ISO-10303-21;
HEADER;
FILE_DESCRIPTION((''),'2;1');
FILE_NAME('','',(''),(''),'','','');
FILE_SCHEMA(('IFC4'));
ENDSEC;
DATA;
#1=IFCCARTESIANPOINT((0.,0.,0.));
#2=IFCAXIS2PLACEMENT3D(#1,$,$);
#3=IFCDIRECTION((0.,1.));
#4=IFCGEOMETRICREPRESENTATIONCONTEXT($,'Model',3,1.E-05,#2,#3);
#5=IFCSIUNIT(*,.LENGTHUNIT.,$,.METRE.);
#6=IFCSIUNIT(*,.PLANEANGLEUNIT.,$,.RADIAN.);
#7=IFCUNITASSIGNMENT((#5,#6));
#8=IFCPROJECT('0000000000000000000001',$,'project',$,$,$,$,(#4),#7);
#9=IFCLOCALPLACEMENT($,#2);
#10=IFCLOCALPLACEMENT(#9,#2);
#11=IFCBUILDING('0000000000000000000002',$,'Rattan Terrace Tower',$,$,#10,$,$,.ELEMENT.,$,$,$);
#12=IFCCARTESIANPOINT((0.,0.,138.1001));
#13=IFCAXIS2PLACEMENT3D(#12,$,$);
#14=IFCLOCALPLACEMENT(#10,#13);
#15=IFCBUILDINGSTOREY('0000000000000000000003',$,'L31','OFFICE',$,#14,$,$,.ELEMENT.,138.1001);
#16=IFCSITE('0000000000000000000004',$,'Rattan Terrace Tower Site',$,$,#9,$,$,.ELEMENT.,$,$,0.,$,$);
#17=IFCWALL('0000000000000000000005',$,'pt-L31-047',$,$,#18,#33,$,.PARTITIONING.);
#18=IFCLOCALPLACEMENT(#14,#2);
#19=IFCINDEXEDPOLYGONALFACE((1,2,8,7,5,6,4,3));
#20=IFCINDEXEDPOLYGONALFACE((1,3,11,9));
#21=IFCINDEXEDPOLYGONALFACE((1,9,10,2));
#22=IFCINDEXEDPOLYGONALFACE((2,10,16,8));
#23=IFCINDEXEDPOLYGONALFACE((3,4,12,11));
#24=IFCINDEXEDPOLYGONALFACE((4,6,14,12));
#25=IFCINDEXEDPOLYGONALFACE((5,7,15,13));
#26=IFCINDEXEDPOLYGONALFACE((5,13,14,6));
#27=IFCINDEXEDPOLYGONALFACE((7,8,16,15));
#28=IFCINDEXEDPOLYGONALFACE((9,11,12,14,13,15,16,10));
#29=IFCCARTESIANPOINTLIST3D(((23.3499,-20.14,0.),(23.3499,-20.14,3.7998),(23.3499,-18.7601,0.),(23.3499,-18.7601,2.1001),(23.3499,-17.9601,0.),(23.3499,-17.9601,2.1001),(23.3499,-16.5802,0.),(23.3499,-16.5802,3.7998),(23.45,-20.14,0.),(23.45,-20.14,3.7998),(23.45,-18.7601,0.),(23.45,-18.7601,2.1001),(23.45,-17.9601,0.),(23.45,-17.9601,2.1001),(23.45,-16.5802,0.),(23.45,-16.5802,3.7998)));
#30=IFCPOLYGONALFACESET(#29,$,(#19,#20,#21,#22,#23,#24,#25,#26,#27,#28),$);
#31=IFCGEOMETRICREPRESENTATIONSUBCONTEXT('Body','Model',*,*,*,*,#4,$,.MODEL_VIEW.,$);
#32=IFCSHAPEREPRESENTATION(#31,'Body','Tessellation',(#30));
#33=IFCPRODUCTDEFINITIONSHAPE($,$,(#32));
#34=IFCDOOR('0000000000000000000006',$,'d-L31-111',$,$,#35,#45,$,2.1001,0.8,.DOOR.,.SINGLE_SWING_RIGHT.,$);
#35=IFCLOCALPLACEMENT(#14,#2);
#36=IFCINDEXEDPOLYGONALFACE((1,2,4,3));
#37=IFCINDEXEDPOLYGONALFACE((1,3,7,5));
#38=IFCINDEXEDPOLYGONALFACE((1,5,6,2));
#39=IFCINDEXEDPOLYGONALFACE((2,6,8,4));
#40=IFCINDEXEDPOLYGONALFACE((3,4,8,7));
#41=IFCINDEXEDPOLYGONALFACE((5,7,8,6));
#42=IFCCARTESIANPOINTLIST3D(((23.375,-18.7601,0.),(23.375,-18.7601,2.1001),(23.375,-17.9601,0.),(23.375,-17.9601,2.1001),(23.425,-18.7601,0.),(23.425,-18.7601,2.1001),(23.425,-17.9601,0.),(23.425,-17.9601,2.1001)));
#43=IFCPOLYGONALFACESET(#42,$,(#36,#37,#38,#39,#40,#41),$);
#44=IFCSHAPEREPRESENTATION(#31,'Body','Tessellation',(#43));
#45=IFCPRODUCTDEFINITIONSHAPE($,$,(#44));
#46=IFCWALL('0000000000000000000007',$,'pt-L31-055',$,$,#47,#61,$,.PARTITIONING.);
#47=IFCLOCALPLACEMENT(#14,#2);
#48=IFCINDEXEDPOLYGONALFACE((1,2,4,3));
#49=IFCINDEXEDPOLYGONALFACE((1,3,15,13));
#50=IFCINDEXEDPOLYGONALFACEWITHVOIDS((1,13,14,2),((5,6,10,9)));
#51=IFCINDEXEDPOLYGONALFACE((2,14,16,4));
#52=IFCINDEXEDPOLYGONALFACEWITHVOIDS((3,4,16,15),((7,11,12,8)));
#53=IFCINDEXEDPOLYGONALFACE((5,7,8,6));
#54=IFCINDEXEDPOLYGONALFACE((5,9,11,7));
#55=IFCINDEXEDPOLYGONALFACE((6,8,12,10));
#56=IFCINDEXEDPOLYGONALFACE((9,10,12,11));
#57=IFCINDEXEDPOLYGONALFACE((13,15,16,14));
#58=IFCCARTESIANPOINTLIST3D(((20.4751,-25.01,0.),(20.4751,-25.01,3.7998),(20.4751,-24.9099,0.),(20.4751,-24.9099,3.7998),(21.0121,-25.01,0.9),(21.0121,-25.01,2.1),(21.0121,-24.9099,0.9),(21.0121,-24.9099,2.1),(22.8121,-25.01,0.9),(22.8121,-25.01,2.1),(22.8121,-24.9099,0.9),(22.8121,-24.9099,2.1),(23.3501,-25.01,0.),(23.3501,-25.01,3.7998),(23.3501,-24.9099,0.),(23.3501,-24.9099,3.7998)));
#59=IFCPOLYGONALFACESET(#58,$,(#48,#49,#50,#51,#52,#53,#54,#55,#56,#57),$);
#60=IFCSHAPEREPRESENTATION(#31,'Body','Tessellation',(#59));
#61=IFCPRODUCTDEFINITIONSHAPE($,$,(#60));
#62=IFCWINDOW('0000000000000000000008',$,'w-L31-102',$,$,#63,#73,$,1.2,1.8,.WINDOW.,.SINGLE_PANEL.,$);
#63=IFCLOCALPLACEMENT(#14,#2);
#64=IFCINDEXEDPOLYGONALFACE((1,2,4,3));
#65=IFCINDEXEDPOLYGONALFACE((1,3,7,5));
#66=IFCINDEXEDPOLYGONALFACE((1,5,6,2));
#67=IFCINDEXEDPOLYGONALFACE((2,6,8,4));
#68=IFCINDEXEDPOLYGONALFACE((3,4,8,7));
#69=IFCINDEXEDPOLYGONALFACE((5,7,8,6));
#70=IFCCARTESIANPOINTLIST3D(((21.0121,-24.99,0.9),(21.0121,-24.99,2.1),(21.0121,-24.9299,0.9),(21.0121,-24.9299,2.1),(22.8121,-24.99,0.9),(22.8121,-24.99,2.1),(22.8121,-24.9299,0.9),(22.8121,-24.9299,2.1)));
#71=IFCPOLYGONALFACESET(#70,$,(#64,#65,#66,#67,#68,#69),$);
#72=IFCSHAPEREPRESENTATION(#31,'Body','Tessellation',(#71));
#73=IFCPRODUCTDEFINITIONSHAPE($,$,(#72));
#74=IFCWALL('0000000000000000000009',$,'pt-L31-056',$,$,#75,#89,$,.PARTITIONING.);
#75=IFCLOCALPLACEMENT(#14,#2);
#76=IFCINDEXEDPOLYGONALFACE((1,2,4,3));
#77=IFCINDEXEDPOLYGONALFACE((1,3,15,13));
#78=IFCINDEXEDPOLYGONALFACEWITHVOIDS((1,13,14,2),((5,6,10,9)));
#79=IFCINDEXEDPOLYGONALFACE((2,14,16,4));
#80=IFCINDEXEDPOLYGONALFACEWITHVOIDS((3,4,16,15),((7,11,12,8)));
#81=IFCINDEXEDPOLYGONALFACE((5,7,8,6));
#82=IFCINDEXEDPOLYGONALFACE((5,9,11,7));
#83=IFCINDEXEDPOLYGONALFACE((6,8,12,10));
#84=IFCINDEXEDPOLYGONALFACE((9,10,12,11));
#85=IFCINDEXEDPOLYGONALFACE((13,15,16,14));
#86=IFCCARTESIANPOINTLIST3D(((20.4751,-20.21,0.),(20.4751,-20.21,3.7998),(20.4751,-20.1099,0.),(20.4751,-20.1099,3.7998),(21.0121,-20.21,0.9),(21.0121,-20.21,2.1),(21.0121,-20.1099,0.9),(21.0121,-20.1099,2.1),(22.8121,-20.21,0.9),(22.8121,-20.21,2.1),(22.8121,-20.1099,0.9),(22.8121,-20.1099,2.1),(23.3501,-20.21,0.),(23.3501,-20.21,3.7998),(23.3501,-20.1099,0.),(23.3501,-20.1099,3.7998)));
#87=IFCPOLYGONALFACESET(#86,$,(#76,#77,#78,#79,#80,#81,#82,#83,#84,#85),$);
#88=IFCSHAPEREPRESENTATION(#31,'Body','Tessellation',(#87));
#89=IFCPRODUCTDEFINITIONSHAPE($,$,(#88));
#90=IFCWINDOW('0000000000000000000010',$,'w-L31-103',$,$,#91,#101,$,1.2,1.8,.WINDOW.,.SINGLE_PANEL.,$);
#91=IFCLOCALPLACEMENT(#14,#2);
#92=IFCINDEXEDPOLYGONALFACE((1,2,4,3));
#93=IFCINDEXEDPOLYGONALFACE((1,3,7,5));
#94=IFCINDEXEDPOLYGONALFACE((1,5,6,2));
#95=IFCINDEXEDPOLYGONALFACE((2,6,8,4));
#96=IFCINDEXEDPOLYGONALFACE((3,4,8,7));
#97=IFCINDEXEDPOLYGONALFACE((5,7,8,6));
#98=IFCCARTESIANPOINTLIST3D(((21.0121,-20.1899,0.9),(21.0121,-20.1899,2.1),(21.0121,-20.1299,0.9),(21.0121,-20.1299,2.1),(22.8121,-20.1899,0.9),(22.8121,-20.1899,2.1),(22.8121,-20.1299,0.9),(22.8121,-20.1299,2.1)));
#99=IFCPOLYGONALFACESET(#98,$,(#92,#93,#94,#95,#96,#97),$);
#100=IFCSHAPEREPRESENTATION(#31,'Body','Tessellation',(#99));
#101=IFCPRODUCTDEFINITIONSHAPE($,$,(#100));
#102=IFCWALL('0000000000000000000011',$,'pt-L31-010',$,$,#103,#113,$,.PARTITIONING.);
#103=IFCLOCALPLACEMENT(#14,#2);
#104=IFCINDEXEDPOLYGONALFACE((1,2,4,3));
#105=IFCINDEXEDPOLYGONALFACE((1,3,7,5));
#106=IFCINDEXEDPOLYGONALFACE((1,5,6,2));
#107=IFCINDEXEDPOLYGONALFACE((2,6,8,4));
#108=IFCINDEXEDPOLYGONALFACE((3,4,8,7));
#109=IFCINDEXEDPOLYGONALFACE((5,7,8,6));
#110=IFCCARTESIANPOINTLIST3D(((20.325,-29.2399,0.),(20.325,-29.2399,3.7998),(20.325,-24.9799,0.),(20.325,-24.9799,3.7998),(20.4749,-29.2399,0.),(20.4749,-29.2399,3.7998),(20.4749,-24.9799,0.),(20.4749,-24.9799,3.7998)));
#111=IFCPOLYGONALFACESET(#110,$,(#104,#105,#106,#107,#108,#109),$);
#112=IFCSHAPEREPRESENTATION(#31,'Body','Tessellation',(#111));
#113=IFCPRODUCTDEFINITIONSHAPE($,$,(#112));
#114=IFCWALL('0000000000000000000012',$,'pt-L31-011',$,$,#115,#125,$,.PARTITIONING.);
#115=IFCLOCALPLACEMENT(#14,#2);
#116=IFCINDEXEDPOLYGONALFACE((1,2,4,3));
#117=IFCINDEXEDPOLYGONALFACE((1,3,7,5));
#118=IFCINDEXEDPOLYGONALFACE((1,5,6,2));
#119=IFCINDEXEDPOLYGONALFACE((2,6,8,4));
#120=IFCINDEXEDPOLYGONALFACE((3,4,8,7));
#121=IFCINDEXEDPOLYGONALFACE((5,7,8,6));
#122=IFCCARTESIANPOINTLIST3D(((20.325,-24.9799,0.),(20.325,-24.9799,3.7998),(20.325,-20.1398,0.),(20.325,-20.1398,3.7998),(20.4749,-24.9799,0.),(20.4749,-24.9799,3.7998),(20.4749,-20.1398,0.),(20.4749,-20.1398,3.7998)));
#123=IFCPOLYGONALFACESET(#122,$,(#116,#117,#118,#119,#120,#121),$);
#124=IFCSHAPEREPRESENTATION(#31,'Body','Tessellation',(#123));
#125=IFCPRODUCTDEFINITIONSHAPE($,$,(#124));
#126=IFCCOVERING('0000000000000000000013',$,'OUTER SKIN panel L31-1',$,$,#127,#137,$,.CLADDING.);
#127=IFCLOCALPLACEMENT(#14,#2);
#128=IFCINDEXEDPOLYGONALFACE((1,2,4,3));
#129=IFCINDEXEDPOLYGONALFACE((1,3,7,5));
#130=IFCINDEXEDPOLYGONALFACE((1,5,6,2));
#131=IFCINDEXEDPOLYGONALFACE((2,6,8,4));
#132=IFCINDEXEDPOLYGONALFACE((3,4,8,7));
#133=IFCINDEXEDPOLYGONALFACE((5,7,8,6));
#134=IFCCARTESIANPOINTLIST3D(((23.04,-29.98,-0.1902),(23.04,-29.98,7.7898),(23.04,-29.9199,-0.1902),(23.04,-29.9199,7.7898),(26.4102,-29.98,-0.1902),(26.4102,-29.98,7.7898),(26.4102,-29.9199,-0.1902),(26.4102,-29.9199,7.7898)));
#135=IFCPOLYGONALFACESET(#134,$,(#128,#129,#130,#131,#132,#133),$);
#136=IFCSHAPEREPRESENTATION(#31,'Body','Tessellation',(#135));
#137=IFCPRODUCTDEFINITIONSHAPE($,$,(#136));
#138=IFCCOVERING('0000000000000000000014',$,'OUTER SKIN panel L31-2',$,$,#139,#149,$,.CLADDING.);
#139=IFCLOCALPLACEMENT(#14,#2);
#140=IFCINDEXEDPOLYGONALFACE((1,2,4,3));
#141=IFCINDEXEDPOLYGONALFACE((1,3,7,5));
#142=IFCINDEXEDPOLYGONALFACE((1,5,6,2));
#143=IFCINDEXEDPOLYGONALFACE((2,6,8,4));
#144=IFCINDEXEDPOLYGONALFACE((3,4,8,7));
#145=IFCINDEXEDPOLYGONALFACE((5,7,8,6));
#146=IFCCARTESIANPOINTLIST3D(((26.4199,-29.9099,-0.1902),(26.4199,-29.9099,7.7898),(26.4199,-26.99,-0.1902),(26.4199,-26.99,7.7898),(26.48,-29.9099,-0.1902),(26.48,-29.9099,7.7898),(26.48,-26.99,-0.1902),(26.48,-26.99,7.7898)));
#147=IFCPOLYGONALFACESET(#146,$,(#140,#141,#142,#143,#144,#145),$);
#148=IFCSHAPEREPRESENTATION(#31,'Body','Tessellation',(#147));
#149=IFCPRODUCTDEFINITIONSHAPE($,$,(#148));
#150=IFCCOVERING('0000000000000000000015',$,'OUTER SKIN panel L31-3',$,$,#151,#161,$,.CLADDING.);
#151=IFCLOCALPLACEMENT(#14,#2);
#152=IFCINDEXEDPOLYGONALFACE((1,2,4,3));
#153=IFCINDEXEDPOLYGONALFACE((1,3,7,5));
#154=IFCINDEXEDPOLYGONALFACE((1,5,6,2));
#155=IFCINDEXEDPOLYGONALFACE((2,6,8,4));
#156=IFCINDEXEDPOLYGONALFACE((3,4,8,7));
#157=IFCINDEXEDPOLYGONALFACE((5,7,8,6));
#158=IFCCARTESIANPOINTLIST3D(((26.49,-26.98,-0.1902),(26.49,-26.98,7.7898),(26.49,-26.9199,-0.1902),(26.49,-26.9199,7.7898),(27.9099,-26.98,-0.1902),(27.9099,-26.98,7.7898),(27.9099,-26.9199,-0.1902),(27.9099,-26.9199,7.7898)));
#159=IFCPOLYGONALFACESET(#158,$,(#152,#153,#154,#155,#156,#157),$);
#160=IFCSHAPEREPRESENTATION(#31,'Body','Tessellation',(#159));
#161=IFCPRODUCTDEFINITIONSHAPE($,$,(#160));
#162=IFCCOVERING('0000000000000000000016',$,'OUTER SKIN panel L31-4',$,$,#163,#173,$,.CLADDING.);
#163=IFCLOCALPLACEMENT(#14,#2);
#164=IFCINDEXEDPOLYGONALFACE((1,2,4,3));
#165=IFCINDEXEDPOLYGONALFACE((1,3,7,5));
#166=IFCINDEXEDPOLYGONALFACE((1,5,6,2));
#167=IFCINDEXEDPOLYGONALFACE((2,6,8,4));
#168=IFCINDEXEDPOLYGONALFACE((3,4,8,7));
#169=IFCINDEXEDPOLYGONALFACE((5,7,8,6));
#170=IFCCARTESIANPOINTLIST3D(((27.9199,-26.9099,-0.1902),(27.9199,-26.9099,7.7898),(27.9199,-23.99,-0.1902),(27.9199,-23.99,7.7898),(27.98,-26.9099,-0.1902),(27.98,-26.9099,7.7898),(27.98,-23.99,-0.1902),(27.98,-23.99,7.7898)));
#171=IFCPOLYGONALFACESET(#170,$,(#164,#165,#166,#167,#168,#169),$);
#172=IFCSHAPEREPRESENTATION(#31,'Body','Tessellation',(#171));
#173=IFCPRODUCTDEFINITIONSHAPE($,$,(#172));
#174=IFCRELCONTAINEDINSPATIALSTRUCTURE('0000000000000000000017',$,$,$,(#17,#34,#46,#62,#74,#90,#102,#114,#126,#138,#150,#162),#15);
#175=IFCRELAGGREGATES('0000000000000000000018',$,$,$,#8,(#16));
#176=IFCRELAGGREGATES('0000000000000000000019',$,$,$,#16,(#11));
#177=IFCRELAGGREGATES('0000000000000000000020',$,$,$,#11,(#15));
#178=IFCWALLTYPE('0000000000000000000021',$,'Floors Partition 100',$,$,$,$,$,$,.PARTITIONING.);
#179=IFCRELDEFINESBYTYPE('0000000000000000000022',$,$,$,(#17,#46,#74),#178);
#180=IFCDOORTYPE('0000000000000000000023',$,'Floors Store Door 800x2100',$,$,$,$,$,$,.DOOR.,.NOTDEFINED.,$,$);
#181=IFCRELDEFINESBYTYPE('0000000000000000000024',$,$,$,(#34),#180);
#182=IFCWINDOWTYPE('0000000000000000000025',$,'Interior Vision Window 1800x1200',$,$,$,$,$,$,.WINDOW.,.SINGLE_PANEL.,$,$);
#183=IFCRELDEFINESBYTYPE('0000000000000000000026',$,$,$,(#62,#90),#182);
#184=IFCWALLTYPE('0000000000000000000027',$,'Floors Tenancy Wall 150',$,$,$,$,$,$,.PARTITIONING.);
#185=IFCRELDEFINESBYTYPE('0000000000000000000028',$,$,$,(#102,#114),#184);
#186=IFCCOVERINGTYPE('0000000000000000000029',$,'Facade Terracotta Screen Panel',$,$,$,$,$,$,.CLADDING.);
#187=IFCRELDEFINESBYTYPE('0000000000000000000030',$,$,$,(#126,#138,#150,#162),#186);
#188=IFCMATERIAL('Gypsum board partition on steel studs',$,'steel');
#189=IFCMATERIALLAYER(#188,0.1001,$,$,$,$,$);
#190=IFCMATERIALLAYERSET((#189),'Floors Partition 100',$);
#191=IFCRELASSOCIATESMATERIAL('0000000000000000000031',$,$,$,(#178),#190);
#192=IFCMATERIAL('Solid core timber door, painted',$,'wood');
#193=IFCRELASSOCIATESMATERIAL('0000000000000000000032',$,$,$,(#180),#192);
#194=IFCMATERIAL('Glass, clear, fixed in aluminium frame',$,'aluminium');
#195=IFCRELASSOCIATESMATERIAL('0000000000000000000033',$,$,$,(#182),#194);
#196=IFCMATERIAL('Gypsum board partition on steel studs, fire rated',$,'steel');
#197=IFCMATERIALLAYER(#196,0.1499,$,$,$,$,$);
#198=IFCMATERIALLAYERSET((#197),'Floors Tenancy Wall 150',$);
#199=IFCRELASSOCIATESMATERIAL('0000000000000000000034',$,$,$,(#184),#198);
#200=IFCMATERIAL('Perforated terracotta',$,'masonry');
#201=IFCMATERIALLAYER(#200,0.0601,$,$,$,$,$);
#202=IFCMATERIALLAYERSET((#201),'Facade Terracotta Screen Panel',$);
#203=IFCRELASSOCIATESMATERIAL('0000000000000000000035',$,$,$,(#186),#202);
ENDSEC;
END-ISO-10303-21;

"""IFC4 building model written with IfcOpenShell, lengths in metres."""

from ifc_helpers import new_model, si_unit, direction, frame, frame_2d, origin, origin_2d, place, context, subcontext, project, spatial, rectangle, extrude, material, layer, layer_set, type_object, element, fill, save


model = new_model("IFC4")

# Units and contexts
model_context = context("Model", 3, precision=1e-05, world=origin(), true_north=direction((0.0, 1.0)))
body_context = subcontext(model_context, "Body", "Model", "MODEL_VIEW")
ifc_project = project(units=[si_unit("LENGTHUNIT", "METRE"), si_unit("PLANEANGLEUNIT", "RADIAN")], contexts=[model_context])

# Site, building, storey
site_placement = place(None, origin())
site = spatial("IfcSite", under=ifc_project, at=site_placement, Name="Rattan Terrace Tower Site", CompositionType="ELEMENT", RefElevation=0.0)
building_placement = place(site_placement, origin())
building = spatial("IfcBuilding", under=site, at=building_placement, Name="Rattan Terrace Tower", CompositionType="ELEMENT")
storey_placement = place(building_placement, frame((0.0, 0.0, 138.1001)))
storey = spatial("IfcBuildingStorey", under=building, at=storey_placement, Name="L31", Description="OFFICE", CompositionType="ELEMENT", Elevation=138.1001)

# Shared definitions
ifc_material_1 = material(Name="Gypsum board partition on steel studs", Category="steel")
ifc_layer_1 = layer(ifc_material_1, 0.1001)
ifc_layer_set_1 = layer_set([ifc_layer_1], Name="Floors Partition 100")
wall_type_1 = type_object("IfcWallType", Name="Floors Partition 100", PredefinedType="PARTITIONING", material=ifc_layer_set_1)

# Shared definitions
ifc_material_2 = material(Name="Solid core timber door, painted", Category="wood")
door_type_1 = type_object("IfcDoorType", Name="Floors Store Door 800x2100", OperationType="NOTDEFINED", PredefinedType="DOOR", material=ifc_material_2)

# Wall, opening, door
wall_1_placement = place(storey_placement, frame((23.3999, -20.1399, 0.0), z_axis=(0.0, 0.0, 1.0), x_axis=(0.0, 1.0, 0.0)))
wall_1 = element("IfcWall", 1, at=wall_1_placement, inside=storey, type_object=wall_type_1, Name="pt-L31-047", PredefinedType="PARTITIONING", context=body_context, shape_type="SweptSolid", body=[
    extrude(rectangle(XDim=3.5598, YDim=0.1001, at=frame_2d((1.7798, 0.0))), origin(), (0.0, 0.0, 1.0), 3.7998),
])
opening_1_placement = place(wall_1_placement, frame((1.3799, 0.0, 0.0)))
opening_1 = element("IfcOpeningElement", 2, at=opening_1_placement, cuts=wall_1, PredefinedType="OPENING", context=body_context, shape_type="SweptSolid", body=[
    extrude(rectangle(XDim=0.8, YDim=2.1001, at=frame_2d((0.3999, 1.05))), frame((0.0, 0.0605, 0.0), z_axis=(0.0, -1.0, 0.0), x_axis=(1.0, 0.0, 0.0)), (0.0, 0.0, 1.0), 0.1211),
])
door_1_placement = place(opening_1_placement, origin())
door_1 = element("IfcDoor", 3, at=door_1_placement, inside=storey, type_object=door_type_1, Name="d-L31-111", OperationType="SINGLE_SWING_RIGHT", OverallHeight=2.1001, OverallWidth=0.8, PredefinedType="DOOR", context=body_context, shape_type="SweptSolid", body=[
    extrude(rectangle(XDim=0.8, YDim=2.1001, at=frame_2d((0.3999, 1.05))), frame((0.0, 0.0249, 0.0), z_axis=(0.0, -1.0, 0.0), x_axis=(1.0, 0.0, 0.0)), (0.0, 0.0, 1.0), 0.05),
])
fill(opening_1, door_1)

# Walls, openings, windows
wall_2_placement = place(storey_placement, frame((20.4751, -24.96, 0.0), z_axis=(0.0, 0.0, 1.0), x_axis=(1.0, 0.0, 0.0)))
wall_2 = element("IfcWall", 4, at=wall_2_placement, inside=storey, type_object=wall_type_1, Name="pt-L31-055", PredefinedType="PARTITIONING", context=body_context, shape_type="SweptSolid", body=[
    extrude(rectangle(XDim=2.875, YDim=0.1001, at=frame_2d((1.4375, 0.0))), origin(), (0.0, 0.0, 1.0), 3.7998),
])
opening_2_placement = place(wall_2_placement, frame((0.5371, 0.0, 0.8999)))
opening_2 = element("IfcOpeningElement", 5, at=opening_2_placement, cuts=wall_2, PredefinedType="OPENING", context=body_context, shape_type="SweptSolid", body=[
    extrude(rectangle(XDim=1.8, YDim=1.2, at=frame_2d((0.8999, 0.6001))), frame((0.0, 0.0605, 0.0), z_axis=(0.0, -1.0, 0.0), x_axis=(1.0, 0.0, 0.0)), (0.0, 0.0, 1.0), 0.1211),
])
ifc_material_3 = material(Name="Glass, clear, fixed in aluminium frame", Category="aluminium")
window_type_1 = type_object("IfcWindowType", Name="Interior Vision Window 1800x1200", PartitioningType="SINGLE_PANEL", PredefinedType="WINDOW", material=ifc_material_3)
window_1_placement = place(opening_2_placement, origin())
window_1 = element("IfcWindow", 6, at=window_1_placement, inside=storey, type_object=window_type_1, Name="w-L31-102", OverallHeight=1.2, OverallWidth=1.8, PartitioningType="SINGLE_PANEL", PredefinedType="WINDOW", context=body_context, shape_type="SweptSolid", body=[
    extrude(rectangle(XDim=1.8, YDim=1.2, at=frame_2d((0.8999, 0.6001))), frame((0.0, 0.03, 0.0), z_axis=(0.0, -1.0, 0.0), x_axis=(1.0, 0.0, 0.0)), (0.0, 0.0, 1.0), 0.0601),
])
fill(opening_2, window_1)
wall_3_placement = place(storey_placement, frame((20.4751, -20.1599, 0.0), z_axis=(0.0, 0.0, 1.0), x_axis=(1.0, 0.0, 0.0)))
wall_3 = element("IfcWall", 7, at=wall_3_placement, inside=storey, type_object=wall_type_1, Name="pt-L31-056", PredefinedType="PARTITIONING", context=body_context, shape_type="SweptSolid", body=[
    extrude(rectangle(XDim=2.875, YDim=0.1001, at=frame_2d((1.4375, 0.0))), origin(), (0.0, 0.0, 1.0), 3.7998),
])
opening_3_placement = place(wall_3_placement, frame((0.5371, 0.0, 0.8999)))
opening_3 = element("IfcOpeningElement", 8, at=opening_3_placement, cuts=wall_3, PredefinedType="OPENING", context=body_context, shape_type="SweptSolid", body=[
    extrude(rectangle(XDim=1.8, YDim=1.2, at=frame_2d((0.8999, 0.6001))), frame((0.0, 0.0605, 0.0), z_axis=(0.0, -1.0, 0.0), x_axis=(1.0, 0.0, 0.0)), (0.0, 0.0, 1.0), 0.1211),
])
window_2_placement = place(opening_3_placement, origin())
window_2 = element("IfcWindow", 9, at=window_2_placement, inside=storey, type_object=window_type_1, Name="w-L31-103", OverallHeight=1.2, OverallWidth=1.8, PartitioningType="SINGLE_PANEL", PredefinedType="WINDOW", context=body_context, shape_type="SweptSolid", body=[
    extrude(rectangle(XDim=1.8, YDim=1.2, at=frame_2d((0.8999, 0.6001))), frame((0.0, 0.03, 0.0), z_axis=(0.0, -1.0, 0.0), x_axis=(1.0, 0.0, 0.0)), (0.0, 0.0, 1.0), 0.0601),
])
fill(opening_3, window_2)

# Walls
ifc_material_4 = material(Name="Gypsum board partition on steel studs, fire rated", Category="steel")
ifc_layer_2 = layer(ifc_material_4, 0.1499)
ifc_layer_set_2 = layer_set([ifc_layer_2], Name="Floors Tenancy Wall 150")
wall_type_2 = type_object("IfcWallType", Name="Floors Tenancy Wall 150", PredefinedType="PARTITIONING", material=ifc_layer_set_2)
wall_4_placement = place(storey_placement, frame((20.3999, -24.98, 0.0), z_axis=(0.0, 0.0, 1.0), x_axis=(0.0, -1.0, 0.0)))
element("IfcWall", 10, at=wall_4_placement, inside=storey, type_object=wall_type_2, Name="pt-L31-010", PredefinedType="PARTITIONING", context=body_context, shape_type="SweptSolid", body=[
    extrude(rectangle(XDim=4.26, YDim=0.1499, at=frame_2d((2.1299, 0.0))), origin(), (0.0, 0.0, 1.0), 3.7998),
])
wall_5_placement = place(storey_placement, frame((20.3999, -20.1399, 0.0), z_axis=(0.0, 0.0, 1.0), x_axis=(0.0, -1.0, 0.0)))
element("IfcWall", 11, at=wall_5_placement, inside=storey, type_object=wall_type_2, Name="pt-L31-011", PredefinedType="PARTITIONING", context=body_context, shape_type="SweptSolid", body=[
    extrude(rectangle(XDim=4.8401, YDim=0.1499, at=frame_2d((2.4199, 0.0))), origin(), (0.0, 0.0, 1.0), 3.7998),
])

# Coverings
ifc_material_5 = material(Name="Perforated terracotta", Category="masonry")
ifc_layer_3 = layer(ifc_material_5, 0.0601)
ifc_layer_set_3 = layer_set([ifc_layer_3], Name="Facade Terracotta Screen Panel")
covering_type = type_object("IfcCoveringType", Name="Facade Terracotta Screen Panel", PredefinedType="CLADDING", material=ifc_layer_set_3)
covering_1_placement = place(storey_placement, frame((24.7251, -29.95, -0.1902), z_axis=(0.0, 0.0, 1.0), x_axis=(1.0, 0.0, 0.0)))
element("IfcCovering", 12, at=covering_1_placement, inside=storey, type_object=covering_type, Name="OUTER SKIN panel L31-1", PredefinedType="CLADDING", context=body_context, shape_type="SweptSolid", body=[
    extrude(rectangle(XDim=3.3701, YDim=0.0601, at=origin_2d()), origin(), (0.0, 0.0, 1.0), 7.98),
])
covering_2_placement = place(storey_placement, frame((26.45, -28.45, -0.1902), z_axis=(0.0, 0.0, 1.0), x_axis=(0.0, 1.0, 0.0)))
element("IfcCovering", 13, at=covering_2_placement, inside=storey, type_object=covering_type, Name="OUTER SKIN panel L31-2", PredefinedType="CLADDING", context=body_context, shape_type="SweptSolid", body=[
    extrude(rectangle(XDim=2.9199, YDim=0.0601, at=origin_2d()), origin(), (0.0, 0.0, 1.0), 7.98),
])
covering_3_placement = place(storey_placement, frame((27.2, -26.95, -0.1902), z_axis=(0.0, 0.0, 1.0), x_axis=(1.0, 0.0, 0.0)))
element("IfcCovering", 14, at=covering_3_placement, inside=storey, type_object=covering_type, Name="OUTER SKIN panel L31-3", PredefinedType="CLADDING", context=body_context, shape_type="SweptSolid", body=[
    extrude(rectangle(XDim=1.4199, YDim=0.0601, at=origin_2d()), origin(), (0.0, 0.0, 1.0), 7.98),
])
covering_4_placement = place(storey_placement, frame((27.95, -25.45, -0.1902), z_axis=(0.0, 0.0, 1.0), x_axis=(0.0, 1.0, 0.0)))
element("IfcCovering", 15, at=covering_4_placement, inside=storey, type_object=covering_type, Name="OUTER SKIN panel L31-4", PredefinedType="CLADDING", context=body_context, shape_type="SweptSolid", body=[
    extrude(rectangle(XDim=2.9199, YDim=0.0601, at=origin_2d()), origin(), (0.0, 0.0, 1.0), 7.98),
])

save(model, "model.ifc")
